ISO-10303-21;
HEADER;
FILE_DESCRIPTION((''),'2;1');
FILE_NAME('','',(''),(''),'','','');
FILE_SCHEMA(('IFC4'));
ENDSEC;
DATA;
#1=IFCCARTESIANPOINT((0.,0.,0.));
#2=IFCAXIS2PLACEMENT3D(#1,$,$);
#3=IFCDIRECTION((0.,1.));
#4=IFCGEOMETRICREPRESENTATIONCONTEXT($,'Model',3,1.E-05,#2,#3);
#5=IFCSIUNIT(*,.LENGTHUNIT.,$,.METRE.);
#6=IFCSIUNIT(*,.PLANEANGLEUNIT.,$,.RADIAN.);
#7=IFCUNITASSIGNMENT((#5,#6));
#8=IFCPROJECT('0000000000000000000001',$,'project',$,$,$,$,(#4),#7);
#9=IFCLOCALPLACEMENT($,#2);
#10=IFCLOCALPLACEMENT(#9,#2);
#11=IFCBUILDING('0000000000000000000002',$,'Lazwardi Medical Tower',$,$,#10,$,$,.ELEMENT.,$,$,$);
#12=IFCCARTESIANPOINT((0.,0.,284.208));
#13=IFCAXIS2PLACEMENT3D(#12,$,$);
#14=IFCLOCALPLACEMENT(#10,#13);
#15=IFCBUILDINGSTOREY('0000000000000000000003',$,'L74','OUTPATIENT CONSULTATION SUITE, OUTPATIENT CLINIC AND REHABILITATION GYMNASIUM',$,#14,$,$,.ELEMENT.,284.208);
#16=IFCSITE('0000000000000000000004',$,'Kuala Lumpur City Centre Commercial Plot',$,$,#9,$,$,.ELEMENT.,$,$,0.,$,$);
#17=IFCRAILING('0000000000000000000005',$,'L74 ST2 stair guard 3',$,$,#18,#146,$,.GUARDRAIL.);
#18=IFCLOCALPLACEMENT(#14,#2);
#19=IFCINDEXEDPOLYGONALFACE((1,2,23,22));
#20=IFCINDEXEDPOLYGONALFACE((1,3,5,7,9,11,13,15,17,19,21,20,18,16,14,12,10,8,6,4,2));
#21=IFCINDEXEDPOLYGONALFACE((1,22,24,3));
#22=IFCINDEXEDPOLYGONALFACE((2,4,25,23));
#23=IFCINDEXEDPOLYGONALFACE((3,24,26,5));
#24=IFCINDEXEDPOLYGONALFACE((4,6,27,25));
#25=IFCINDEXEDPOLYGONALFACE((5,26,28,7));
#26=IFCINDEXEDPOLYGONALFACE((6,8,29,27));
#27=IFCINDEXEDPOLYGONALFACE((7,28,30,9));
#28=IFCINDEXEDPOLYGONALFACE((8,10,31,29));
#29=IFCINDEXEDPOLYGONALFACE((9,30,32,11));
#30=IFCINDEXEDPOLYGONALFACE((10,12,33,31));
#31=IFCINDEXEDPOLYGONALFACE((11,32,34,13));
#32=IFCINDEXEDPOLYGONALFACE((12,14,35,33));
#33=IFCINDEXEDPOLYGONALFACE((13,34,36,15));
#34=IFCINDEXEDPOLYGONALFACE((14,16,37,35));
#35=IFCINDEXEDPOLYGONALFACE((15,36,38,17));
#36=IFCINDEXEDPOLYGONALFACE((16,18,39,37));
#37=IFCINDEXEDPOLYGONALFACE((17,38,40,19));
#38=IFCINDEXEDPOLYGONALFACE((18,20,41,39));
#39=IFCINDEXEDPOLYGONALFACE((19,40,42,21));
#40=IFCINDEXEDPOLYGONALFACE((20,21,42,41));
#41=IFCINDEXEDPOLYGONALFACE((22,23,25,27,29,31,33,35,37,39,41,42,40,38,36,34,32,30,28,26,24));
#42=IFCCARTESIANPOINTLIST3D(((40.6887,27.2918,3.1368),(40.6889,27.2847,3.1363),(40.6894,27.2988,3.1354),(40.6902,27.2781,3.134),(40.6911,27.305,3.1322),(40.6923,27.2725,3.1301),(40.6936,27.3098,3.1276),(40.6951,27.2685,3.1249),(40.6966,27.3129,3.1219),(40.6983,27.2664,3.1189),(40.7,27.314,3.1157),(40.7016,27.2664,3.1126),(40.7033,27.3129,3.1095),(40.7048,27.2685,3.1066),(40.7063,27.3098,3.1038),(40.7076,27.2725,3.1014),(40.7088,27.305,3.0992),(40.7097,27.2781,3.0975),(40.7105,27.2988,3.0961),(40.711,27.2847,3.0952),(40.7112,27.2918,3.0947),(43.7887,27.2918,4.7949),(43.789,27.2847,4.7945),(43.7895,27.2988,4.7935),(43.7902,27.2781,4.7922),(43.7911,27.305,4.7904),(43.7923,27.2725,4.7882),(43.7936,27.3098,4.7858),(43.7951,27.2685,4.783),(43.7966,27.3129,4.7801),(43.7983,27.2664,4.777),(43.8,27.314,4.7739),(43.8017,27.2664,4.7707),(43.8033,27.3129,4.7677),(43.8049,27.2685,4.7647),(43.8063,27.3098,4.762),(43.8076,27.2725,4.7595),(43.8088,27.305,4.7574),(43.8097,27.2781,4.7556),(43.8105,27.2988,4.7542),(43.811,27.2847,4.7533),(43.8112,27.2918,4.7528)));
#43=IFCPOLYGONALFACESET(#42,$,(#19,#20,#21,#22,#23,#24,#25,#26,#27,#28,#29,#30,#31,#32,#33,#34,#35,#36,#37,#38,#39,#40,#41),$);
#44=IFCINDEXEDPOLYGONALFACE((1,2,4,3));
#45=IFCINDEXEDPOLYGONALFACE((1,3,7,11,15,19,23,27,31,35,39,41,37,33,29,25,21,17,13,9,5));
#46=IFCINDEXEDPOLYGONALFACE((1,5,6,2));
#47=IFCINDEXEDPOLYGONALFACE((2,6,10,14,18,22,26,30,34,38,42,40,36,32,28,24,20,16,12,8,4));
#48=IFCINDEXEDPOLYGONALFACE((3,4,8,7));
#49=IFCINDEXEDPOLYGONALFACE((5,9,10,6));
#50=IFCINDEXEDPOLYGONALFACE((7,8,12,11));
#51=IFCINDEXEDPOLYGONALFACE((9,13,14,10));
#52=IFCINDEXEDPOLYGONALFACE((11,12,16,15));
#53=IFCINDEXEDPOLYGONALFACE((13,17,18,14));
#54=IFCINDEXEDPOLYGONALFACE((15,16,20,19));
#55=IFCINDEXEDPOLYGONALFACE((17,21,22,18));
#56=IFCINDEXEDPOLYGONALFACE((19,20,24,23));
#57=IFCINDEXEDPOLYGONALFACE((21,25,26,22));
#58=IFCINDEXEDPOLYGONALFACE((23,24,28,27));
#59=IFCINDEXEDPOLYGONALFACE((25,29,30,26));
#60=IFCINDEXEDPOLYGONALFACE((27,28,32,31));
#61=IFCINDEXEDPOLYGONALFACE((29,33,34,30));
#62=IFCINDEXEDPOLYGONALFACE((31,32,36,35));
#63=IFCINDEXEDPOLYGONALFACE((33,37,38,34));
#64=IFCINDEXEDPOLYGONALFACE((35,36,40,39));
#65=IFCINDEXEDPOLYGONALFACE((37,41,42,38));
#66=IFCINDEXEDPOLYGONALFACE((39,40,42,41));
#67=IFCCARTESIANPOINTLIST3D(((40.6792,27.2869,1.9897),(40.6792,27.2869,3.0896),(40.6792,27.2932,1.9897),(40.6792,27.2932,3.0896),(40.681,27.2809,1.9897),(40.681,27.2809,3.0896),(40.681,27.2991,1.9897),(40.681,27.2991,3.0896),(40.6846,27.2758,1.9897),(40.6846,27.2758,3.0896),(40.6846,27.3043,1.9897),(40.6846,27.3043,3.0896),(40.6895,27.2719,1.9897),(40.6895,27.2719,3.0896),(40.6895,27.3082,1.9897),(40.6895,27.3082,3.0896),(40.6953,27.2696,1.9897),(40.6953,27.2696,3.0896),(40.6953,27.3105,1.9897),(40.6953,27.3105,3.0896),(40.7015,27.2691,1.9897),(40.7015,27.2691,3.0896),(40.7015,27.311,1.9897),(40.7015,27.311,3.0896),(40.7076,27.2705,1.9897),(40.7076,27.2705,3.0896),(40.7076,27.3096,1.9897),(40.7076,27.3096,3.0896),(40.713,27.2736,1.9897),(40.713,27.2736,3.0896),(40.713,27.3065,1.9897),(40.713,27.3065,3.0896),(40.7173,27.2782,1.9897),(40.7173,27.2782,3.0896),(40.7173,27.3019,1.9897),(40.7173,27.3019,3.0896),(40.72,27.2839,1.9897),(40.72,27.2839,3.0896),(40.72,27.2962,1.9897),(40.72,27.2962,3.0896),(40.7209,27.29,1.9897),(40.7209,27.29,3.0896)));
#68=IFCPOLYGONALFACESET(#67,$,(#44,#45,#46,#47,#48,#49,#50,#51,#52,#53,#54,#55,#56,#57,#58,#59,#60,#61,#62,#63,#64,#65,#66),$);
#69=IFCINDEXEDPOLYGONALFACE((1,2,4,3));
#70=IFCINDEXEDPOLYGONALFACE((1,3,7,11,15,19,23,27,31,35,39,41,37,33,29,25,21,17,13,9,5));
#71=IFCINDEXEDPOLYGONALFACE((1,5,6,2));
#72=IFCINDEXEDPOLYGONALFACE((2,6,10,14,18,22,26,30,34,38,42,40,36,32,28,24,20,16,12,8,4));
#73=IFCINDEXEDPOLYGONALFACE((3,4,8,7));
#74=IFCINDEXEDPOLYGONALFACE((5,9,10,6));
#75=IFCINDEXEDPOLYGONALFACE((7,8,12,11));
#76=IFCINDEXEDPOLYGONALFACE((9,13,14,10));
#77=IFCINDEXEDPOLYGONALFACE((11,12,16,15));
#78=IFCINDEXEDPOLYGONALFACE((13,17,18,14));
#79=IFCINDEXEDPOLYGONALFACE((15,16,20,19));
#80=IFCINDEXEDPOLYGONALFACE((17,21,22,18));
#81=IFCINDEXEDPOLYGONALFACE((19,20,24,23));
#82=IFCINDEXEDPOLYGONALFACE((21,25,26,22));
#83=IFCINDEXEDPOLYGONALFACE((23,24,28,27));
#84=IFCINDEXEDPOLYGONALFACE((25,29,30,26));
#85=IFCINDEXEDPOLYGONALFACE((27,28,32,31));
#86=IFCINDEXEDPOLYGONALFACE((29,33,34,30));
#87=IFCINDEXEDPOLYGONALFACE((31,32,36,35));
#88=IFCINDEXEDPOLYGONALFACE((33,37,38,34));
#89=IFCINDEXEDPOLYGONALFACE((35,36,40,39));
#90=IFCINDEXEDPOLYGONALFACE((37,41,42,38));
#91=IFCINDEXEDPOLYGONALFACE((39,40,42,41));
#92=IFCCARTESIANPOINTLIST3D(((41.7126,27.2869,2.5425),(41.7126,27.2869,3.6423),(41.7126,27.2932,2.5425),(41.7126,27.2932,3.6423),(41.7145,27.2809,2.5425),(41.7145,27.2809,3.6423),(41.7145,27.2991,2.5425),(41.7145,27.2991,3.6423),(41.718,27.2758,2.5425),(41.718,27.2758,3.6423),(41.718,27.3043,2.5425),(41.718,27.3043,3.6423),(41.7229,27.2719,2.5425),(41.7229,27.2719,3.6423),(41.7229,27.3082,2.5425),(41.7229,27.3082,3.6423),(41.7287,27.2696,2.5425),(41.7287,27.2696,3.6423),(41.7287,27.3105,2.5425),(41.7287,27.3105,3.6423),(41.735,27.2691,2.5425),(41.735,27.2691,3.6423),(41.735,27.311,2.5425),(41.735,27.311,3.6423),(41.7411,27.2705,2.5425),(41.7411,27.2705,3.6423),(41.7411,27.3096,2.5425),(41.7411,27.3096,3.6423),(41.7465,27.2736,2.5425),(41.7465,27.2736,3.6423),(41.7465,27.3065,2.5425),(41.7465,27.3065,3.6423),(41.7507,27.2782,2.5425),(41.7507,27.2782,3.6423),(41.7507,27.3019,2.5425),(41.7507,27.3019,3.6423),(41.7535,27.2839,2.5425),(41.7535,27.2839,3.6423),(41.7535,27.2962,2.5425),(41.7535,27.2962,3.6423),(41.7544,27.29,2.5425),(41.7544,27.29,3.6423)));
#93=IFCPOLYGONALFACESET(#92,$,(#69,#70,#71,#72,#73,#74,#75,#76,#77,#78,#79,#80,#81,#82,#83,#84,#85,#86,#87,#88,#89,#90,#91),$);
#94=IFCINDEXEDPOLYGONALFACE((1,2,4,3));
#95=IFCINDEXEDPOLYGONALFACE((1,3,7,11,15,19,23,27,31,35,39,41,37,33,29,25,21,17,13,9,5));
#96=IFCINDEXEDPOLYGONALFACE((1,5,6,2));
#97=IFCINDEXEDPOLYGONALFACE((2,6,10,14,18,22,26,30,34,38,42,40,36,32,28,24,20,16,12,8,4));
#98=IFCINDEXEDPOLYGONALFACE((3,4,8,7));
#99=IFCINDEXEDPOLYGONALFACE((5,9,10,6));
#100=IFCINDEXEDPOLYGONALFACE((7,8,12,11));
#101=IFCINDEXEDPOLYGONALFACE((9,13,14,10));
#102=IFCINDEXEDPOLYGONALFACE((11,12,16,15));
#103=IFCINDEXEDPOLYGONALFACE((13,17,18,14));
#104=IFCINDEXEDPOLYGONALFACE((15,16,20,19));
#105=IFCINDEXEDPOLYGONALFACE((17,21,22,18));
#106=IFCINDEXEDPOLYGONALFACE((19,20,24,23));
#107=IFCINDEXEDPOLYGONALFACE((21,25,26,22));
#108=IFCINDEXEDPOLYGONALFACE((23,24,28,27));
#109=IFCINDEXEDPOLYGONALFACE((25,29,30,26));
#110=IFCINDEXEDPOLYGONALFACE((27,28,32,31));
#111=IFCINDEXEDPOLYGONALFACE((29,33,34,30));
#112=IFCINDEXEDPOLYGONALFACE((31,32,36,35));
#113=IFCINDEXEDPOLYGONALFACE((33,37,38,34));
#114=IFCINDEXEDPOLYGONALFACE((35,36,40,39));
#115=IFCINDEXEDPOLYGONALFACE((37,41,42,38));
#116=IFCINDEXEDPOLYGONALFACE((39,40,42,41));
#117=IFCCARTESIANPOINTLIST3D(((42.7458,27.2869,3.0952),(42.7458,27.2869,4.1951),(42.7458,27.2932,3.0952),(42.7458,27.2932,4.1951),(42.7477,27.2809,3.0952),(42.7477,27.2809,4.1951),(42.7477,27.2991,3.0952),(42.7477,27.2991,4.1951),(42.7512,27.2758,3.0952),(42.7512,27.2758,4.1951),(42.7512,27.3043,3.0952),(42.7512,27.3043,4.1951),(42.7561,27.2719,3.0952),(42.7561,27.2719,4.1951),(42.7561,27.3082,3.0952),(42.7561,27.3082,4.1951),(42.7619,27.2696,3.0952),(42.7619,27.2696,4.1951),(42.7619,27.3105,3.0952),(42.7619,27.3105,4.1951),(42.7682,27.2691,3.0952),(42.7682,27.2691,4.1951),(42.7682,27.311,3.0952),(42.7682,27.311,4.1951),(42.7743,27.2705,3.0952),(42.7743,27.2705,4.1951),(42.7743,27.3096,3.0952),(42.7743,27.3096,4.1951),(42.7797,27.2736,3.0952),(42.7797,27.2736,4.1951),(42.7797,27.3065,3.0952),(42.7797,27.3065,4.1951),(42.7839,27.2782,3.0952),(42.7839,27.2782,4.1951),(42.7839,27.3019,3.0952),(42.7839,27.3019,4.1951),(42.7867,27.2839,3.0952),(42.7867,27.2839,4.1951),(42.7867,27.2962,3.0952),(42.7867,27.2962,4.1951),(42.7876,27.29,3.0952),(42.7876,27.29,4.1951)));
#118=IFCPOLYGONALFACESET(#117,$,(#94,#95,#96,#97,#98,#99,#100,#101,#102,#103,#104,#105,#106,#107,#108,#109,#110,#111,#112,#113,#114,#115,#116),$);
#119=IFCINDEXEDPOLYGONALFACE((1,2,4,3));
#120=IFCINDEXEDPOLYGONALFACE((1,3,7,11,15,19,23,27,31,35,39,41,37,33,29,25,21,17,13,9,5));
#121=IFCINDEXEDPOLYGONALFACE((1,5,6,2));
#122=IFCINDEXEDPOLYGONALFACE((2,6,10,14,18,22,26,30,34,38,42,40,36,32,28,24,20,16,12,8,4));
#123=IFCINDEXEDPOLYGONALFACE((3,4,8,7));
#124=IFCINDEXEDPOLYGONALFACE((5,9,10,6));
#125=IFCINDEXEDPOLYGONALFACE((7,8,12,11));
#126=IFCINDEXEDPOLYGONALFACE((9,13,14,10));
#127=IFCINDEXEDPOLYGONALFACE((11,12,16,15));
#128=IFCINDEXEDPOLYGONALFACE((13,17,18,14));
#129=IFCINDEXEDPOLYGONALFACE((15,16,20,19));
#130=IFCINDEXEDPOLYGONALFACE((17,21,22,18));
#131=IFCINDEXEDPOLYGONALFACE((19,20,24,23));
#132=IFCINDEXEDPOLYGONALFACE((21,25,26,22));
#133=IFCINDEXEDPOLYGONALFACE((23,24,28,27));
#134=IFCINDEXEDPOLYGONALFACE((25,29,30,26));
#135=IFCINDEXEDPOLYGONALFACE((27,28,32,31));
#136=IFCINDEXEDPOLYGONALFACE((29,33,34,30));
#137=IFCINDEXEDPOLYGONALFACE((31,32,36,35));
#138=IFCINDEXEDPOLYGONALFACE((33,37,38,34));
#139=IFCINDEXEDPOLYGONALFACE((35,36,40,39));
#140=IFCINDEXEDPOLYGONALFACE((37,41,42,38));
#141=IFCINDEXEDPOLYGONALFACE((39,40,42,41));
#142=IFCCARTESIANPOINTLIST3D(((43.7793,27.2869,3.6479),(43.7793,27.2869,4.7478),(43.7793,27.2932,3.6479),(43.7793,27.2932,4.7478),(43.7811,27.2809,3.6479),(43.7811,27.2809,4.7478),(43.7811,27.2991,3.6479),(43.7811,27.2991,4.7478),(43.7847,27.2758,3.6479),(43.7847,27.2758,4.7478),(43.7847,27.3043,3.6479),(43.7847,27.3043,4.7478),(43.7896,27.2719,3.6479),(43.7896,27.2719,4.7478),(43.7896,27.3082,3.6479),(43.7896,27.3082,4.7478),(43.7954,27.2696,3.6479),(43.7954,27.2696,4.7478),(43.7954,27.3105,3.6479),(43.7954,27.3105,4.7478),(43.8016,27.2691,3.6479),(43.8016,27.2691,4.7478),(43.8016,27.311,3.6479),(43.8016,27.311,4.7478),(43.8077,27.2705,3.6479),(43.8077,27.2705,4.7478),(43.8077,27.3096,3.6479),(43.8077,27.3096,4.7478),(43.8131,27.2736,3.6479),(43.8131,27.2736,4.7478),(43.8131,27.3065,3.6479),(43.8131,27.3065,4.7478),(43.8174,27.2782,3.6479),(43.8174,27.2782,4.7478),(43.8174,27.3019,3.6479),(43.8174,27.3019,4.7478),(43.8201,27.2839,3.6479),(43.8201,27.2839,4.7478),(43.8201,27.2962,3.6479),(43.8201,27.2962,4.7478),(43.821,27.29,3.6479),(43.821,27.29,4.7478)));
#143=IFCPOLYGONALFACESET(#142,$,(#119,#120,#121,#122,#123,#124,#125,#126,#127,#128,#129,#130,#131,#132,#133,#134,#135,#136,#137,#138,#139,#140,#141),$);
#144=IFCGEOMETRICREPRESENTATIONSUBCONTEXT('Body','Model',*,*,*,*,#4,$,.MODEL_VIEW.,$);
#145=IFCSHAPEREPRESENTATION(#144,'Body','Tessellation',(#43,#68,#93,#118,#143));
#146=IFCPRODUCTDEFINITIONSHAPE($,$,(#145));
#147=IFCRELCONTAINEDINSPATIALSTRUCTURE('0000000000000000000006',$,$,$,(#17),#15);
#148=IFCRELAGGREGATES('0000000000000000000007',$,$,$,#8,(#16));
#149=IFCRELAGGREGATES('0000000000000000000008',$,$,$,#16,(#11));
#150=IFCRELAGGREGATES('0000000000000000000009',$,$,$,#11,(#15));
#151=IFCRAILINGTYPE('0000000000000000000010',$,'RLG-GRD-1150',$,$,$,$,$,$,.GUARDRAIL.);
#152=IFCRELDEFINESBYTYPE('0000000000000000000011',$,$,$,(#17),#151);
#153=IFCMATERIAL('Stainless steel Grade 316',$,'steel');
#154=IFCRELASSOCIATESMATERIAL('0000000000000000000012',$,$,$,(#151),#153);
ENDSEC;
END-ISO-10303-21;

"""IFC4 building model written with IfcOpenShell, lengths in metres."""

from ifc_helpers import new_model, si_unit, direction, frame, origin, origin_2d, place, context, subcontext, project, spatial, circle, extrude, material, type_object, element, save


model = new_model("IFC4")

# Units and contexts
model_context = context("Model", 3, precision=1e-05, world=origin(), true_north=direction((0.0, 1.0)))
body_context = subcontext(model_context, "Body", "Model", "MODEL_VIEW")
ifc_project = project(units=[si_unit("LENGTHUNIT", "METRE"), si_unit("PLANEANGLEUNIT", "RADIAN")], contexts=[model_context])

# Site, building, storey
site_placement = place(None, origin())
site = spatial("IfcSite", under=ifc_project, at=site_placement, Name="Kuala Lumpur City Centre Commercial Plot", CompositionType="ELEMENT", RefElevation=0.0)
building_placement = place(site_placement, origin())
building = spatial("IfcBuilding", under=site, at=building_placement, Name="Lazwardi Medical Tower", CompositionType="ELEMENT")
storey_placement = place(building_placement, frame((0.0, 0.0, 284.208)))
storey = spatial("IfcBuildingStorey", under=building, at=storey_placement, Name="L74", Description="OUTPATIENT CONSULTATION SUITE, OUTPATIENT CLINIC AND REHABILITATION GYMNASIUM", CompositionType="ELEMENT", Elevation=284.208)

# Railing
ifc_material_1 = material(Name="Stainless steel Grade 316", Category="steel")
railing_type_1 = type_object("IfcRailingType", Name="RLG-GRD-1150", PredefinedType="GUARDRAIL", material=ifc_material_1)
railing_1_placement = place(storey_placement, frame((40.7, 27.29, 1.9897)))
element("IfcRailing", 1, at=railing_1_placement, inside=storey, type_object=railing_type_1, Name="L74 ST2 stair guard 3", PredefinedType="GUARDRAIL", context=body_context, shape_type="SweptSolid", body=[
    extrude(circle(Radius=0.0239, at=origin_2d()), frame((0.0, 0.0, 1.126), z_axis=(0.881783, 0.0, 0.471655), x_axis=(0.0, 1.0, 0.0)), (0.0, 0.0, 1.0), 3.5156),
    extrude(circle(Radius=0.021, at=origin_2d()), origin(), (0.0, 0.0, 1.0), 1.0999),
    extrude(circle(Radius=0.021, at=origin_2d()), frame((1.0334, 0.0, 0.5527)), (0.0, 0.0, 1.0), 1.0999),
    extrude(circle(Radius=0.021, at=origin_2d()), frame((2.0667, 0.0, 1.1055)), (0.0, 0.0, 1.0), 1.0999),
    extrude(circle(Radius=0.021, at=origin_2d()), frame((3.1001, 0.0, 1.6582)), (0.0, 0.0, 1.0), 1.0999),
])

save(model, "model.ifc")
